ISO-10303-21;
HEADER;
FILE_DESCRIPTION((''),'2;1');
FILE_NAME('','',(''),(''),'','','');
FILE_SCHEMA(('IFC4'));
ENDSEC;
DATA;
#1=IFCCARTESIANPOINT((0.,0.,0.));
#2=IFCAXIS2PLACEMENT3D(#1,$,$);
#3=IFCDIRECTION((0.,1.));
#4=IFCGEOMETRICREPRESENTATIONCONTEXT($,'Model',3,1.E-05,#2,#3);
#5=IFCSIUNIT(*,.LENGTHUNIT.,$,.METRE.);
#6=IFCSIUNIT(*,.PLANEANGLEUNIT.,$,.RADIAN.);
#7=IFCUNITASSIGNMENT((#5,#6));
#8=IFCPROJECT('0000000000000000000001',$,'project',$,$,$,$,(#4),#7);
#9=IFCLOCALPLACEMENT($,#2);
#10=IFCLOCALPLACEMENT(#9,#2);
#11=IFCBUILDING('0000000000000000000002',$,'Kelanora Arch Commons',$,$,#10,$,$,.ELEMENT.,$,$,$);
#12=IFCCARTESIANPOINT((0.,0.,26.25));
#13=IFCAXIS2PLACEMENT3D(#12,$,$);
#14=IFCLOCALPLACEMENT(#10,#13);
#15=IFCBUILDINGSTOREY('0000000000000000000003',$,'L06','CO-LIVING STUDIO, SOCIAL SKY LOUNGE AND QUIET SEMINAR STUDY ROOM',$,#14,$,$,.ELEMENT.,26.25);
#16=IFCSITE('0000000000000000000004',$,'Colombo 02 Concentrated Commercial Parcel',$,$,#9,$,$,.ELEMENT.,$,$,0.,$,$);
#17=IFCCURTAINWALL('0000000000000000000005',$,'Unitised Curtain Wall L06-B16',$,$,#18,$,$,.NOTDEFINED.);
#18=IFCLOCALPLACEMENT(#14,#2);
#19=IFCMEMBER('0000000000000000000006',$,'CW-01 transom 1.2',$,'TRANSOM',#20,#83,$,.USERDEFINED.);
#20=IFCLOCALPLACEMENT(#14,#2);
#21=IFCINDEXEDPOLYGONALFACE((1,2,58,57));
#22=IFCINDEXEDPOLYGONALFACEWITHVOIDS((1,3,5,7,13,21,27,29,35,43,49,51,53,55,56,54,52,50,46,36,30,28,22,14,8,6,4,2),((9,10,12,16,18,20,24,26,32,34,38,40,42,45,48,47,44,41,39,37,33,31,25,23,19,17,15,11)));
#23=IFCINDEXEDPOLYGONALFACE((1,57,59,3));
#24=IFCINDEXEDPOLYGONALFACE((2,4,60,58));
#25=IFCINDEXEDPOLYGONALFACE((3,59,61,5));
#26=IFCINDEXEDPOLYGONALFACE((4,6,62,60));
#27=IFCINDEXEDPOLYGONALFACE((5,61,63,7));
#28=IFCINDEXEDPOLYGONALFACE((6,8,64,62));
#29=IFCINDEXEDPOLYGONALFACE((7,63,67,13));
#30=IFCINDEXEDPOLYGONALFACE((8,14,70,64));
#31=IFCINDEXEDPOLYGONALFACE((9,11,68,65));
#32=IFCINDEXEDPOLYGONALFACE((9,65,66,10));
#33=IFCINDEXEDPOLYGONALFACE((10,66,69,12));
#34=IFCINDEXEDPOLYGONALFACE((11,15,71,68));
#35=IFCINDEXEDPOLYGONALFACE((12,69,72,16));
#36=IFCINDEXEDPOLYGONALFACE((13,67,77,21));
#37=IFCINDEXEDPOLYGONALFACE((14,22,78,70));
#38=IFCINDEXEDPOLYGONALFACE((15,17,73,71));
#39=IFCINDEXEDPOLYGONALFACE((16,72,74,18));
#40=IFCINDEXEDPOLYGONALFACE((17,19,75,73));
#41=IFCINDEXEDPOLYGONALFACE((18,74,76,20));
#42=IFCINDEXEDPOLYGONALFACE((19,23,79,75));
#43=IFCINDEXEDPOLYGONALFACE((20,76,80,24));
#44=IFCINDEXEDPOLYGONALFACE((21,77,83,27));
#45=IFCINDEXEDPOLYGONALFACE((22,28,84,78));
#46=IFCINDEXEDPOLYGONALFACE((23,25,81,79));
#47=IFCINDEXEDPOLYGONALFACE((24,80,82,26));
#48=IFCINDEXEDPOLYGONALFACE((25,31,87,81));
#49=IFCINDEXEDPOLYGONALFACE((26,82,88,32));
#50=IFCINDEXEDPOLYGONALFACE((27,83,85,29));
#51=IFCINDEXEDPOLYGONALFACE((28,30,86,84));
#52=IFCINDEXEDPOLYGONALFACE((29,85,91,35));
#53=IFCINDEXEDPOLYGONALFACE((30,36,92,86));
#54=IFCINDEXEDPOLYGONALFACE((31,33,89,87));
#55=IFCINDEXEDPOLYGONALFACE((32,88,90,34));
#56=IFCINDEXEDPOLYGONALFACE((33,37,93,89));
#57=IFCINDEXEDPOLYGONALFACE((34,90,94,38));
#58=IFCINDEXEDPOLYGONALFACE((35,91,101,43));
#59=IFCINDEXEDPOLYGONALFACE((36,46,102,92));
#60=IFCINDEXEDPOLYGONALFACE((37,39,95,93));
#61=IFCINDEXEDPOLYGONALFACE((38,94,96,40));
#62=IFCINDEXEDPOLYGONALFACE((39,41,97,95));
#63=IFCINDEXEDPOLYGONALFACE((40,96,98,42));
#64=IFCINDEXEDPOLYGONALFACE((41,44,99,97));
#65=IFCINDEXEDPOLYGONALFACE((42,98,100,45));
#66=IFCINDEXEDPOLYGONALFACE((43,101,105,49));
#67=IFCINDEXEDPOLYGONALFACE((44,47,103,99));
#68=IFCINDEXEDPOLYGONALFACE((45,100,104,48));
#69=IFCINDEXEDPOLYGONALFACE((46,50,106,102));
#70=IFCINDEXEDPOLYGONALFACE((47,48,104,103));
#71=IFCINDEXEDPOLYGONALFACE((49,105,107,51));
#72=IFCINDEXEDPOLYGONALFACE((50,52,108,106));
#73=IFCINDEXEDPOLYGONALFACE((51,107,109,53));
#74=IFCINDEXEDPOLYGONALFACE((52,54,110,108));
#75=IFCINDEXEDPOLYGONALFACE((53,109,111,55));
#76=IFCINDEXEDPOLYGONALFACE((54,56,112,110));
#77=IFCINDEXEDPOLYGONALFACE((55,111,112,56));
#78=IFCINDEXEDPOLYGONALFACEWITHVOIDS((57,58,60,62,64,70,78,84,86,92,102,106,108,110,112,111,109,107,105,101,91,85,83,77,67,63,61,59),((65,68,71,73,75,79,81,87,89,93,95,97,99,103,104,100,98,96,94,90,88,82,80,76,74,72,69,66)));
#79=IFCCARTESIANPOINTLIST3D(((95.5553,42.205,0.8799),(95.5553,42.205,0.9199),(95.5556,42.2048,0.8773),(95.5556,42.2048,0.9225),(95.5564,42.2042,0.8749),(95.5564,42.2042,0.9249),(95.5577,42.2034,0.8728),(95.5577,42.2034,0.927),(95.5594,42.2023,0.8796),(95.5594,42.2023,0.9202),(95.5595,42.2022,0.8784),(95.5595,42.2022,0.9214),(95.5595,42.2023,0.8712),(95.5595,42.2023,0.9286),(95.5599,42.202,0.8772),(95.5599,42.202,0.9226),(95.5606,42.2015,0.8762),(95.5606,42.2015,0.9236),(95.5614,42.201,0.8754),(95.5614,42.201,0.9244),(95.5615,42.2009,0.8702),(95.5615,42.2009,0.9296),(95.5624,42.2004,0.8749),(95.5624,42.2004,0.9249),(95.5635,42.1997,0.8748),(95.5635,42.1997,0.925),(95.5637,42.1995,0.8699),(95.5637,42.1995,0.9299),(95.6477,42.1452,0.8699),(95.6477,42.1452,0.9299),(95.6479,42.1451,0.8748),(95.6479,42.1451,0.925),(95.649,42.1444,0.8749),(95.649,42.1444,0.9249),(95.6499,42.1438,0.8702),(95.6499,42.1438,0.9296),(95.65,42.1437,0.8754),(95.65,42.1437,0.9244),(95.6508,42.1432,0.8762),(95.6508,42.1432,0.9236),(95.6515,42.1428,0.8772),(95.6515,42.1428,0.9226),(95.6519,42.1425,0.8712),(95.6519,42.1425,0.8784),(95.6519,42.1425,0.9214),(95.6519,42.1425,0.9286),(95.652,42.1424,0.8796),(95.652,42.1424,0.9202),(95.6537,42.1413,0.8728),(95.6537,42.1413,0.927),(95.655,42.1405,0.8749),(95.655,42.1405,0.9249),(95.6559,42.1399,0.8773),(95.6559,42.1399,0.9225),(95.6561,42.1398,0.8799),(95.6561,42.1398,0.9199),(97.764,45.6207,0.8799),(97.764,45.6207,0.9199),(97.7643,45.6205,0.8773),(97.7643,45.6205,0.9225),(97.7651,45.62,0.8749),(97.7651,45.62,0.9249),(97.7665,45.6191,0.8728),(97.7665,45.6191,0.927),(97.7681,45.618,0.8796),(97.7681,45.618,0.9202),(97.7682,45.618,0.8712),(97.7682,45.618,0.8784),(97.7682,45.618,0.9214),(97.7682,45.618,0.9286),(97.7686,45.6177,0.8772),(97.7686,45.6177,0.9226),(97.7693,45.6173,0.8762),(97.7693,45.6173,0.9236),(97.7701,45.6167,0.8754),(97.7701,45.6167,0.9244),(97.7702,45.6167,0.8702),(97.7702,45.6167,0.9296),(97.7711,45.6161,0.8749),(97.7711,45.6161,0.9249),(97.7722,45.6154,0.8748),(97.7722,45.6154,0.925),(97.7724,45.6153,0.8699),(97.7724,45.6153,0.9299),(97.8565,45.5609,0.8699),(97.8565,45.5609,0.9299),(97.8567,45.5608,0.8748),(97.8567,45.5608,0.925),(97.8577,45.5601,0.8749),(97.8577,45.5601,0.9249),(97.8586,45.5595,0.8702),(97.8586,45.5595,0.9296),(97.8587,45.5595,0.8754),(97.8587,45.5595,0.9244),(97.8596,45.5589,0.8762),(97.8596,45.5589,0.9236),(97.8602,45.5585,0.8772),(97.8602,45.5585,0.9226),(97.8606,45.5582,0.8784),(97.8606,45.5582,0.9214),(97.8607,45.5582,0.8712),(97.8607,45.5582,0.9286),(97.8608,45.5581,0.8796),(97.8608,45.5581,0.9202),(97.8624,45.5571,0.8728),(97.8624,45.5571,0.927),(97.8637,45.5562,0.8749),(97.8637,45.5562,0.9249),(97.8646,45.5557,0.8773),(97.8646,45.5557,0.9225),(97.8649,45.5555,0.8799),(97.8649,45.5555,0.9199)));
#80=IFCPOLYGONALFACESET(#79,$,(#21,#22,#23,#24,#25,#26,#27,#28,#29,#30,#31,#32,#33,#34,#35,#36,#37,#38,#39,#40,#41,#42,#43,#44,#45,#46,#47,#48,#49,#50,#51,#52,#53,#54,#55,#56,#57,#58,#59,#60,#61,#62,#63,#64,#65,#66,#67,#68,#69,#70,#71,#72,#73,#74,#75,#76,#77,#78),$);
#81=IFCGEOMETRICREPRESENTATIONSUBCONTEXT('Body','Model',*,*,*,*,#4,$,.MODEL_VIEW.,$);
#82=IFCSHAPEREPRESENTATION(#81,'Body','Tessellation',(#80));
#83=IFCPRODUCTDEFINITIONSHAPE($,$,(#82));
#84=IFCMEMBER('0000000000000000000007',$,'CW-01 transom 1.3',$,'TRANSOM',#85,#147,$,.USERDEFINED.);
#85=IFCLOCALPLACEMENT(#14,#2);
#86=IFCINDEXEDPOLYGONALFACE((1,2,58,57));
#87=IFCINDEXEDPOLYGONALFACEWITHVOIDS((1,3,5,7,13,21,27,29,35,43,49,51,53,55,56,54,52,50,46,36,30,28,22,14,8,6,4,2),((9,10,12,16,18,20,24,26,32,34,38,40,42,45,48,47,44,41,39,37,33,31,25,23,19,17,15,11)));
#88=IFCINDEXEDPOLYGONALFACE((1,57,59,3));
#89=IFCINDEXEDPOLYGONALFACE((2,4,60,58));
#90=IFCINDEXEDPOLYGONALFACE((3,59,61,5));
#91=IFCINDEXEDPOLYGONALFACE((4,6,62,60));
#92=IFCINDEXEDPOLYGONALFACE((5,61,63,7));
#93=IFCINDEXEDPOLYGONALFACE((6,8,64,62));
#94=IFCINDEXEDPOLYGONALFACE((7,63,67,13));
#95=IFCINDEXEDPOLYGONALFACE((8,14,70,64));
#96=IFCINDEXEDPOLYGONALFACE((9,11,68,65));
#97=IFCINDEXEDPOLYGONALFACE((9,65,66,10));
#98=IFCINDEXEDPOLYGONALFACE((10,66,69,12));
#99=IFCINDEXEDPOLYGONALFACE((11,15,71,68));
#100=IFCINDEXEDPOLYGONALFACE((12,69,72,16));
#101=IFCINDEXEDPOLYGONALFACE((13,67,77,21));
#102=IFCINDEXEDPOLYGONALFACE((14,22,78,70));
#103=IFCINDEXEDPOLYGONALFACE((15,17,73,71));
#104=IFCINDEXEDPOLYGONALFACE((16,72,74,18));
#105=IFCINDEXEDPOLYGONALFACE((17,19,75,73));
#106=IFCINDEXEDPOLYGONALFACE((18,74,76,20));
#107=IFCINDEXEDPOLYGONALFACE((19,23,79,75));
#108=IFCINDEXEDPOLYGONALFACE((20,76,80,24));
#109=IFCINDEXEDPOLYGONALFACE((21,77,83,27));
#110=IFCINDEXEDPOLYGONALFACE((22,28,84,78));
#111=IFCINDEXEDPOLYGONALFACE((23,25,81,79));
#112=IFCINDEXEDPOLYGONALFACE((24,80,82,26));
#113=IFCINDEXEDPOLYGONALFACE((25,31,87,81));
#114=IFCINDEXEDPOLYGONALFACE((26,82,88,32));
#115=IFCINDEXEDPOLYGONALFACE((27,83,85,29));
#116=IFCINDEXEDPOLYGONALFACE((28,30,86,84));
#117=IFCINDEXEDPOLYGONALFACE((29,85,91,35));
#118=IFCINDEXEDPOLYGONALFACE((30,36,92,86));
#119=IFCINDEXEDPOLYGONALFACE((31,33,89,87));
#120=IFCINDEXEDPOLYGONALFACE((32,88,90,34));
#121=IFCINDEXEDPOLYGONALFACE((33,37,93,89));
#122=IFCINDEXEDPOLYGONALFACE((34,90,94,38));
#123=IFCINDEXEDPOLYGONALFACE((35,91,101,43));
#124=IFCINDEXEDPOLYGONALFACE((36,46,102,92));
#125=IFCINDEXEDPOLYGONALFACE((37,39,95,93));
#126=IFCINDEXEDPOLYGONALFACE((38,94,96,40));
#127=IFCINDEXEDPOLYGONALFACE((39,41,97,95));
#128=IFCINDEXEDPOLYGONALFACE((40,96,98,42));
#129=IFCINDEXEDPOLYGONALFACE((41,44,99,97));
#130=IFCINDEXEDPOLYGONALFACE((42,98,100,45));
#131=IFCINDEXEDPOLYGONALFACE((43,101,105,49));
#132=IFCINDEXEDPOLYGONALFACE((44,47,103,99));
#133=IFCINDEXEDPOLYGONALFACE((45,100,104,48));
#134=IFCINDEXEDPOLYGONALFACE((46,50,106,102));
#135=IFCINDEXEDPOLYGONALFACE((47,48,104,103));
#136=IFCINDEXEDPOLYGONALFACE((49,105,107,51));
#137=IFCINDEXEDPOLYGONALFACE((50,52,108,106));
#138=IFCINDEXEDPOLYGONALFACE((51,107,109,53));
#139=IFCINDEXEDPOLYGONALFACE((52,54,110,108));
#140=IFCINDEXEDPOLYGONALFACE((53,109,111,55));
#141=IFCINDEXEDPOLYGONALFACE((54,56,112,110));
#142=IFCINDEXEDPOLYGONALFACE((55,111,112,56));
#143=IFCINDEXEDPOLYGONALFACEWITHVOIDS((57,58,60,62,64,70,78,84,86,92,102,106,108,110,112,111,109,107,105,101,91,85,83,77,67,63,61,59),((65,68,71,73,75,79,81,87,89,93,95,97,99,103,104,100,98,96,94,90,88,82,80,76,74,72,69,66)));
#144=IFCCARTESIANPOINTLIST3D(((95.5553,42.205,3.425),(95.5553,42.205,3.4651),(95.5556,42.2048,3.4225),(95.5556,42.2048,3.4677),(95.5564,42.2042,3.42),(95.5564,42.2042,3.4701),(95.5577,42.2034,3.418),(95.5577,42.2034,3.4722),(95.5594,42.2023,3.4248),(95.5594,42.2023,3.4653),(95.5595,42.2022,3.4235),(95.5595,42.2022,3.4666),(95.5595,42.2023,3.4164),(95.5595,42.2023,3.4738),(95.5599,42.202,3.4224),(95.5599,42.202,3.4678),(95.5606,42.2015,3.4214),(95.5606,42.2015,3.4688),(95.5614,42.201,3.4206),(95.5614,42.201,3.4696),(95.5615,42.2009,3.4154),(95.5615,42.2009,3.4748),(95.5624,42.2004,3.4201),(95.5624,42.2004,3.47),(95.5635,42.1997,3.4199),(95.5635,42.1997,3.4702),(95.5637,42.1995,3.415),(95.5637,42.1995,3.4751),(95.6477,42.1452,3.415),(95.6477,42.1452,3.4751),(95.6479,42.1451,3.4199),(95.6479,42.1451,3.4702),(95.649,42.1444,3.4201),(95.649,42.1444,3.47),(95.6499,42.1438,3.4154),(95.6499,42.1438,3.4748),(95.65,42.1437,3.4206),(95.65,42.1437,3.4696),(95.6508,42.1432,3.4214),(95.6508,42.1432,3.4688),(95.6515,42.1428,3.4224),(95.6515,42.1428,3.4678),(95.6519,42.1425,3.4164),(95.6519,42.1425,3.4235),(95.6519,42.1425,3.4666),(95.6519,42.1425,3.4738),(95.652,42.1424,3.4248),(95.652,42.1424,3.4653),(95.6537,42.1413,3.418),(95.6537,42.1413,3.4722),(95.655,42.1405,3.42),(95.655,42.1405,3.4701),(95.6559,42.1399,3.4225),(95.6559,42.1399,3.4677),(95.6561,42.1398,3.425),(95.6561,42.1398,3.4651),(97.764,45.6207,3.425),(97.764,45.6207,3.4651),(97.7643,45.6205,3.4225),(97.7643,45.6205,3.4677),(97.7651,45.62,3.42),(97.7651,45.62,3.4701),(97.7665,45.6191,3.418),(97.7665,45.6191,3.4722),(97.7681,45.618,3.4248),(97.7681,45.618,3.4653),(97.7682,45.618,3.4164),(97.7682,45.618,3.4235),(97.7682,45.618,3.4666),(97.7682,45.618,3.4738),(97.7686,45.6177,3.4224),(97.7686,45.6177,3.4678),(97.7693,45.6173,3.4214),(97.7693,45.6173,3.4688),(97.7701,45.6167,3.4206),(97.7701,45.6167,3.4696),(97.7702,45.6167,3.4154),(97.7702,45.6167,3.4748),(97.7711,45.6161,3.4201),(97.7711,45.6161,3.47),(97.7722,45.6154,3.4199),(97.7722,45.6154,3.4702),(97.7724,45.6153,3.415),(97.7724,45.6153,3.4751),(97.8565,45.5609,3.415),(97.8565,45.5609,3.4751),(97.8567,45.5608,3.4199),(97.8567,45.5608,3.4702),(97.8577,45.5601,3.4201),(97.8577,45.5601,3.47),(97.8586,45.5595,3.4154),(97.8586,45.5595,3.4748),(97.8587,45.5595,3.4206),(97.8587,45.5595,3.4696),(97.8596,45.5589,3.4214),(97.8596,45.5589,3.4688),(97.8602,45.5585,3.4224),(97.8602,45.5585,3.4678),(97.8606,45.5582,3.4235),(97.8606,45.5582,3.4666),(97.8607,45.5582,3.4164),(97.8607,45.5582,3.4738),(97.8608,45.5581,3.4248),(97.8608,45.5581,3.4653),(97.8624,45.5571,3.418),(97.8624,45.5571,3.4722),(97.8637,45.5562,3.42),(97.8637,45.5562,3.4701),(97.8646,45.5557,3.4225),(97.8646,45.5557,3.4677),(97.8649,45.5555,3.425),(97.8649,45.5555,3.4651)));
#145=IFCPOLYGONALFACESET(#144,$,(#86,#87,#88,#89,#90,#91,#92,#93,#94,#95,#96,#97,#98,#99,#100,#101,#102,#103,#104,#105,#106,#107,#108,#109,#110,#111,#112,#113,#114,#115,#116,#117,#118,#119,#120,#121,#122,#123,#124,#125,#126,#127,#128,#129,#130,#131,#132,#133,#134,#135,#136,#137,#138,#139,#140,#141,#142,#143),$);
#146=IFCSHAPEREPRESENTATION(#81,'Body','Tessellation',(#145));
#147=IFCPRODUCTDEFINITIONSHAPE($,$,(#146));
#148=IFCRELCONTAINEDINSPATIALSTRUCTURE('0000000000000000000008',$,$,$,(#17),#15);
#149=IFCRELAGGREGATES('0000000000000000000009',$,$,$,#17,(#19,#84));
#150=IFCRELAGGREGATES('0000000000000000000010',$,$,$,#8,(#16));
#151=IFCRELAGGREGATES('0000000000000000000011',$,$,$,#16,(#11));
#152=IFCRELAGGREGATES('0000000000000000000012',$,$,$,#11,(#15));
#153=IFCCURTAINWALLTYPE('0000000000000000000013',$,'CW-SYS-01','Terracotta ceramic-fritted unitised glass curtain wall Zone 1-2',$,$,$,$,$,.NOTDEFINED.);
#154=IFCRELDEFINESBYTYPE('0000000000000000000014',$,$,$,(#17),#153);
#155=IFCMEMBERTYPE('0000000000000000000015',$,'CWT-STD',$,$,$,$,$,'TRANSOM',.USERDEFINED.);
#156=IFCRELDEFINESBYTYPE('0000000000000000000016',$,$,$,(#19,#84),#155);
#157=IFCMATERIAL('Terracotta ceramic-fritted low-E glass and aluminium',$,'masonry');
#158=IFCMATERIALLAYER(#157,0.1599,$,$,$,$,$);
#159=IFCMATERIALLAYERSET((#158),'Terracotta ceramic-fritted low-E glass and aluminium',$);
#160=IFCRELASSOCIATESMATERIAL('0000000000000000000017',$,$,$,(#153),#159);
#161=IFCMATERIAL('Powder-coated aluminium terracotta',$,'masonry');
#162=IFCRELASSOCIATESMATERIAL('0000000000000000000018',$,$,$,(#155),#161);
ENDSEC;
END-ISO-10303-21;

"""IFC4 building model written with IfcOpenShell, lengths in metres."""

from ifc_helpers import new_model, si_unit, direction, frame, origin, origin_2d, place, context, subcontext, project, spatial, hollow_rectangle, extrude, material, layer, layer_set, material_profile, profile_set, type_object, element, aggregate, save


model = new_model("IFC4")

# Units and contexts
model_context = context("Model", 3, precision=1e-05, world=origin(), true_north=direction((0.0, 1.0)))
body_context = subcontext(model_context, "Body", "Model", "MODEL_VIEW")
ifc_project = project(units=[si_unit("LENGTHUNIT", "METRE"), si_unit("PLANEANGLEUNIT", "RADIAN")], contexts=[model_context])

# Site, building, storey
site_placement = place(None, origin())
site = spatial("IfcSite", under=ifc_project, at=site_placement, Name="Colombo 02 Concentrated Commercial Parcel", CompositionType="ELEMENT", RefElevation=0.0)
building_placement = place(site_placement, origin())
building = spatial("IfcBuilding", under=site, at=building_placement, Name="Kelanora Arch Commons", CompositionType="ELEMENT")
storey_placement = place(building_placement, frame((0.0, 0.0, 26.25)))
storey = spatial("IfcBuildingStorey", under=building, at=storey_placement, Name="L06", Description="CO-LIVING STUDIO, SOCIAL SKY LOUNGE AND QUIET SEMINAR STUDY ROOM", CompositionType="ELEMENT", Elevation=26.25)

# Shared definitions
ifc_material_1 = material(Name="Terracotta ceramic-fritted low-E glass and aluminium", Category="masonry")
ifc_layer_1 = layer(ifc_material_1, 0.1599)
ifc_layer_set_1 = layer_set([ifc_layer_1], Name="Terracotta ceramic-fritted low-E glass and aluminium")
curtain_wall_type = type_object("IfcCurtainWallType", Name="CW-SYS-01", Description="Terracotta ceramic-fritted unitised glass curtain wall Zone 1-2", PredefinedType="NOTDEFINED", material=ifc_layer_set_1)
ifc_material_2 = material(Name="Powder-coated aluminium terracotta", Category="masonry")

# Curtain wall, members
curtain_wall_1_placement = place(storey_placement, origin())
curtain_wall_1 = element("IfcCurtainWall", 1, at=curtain_wall_1_placement, inside=storey, type_object=curtain_wall_type, Name="Unitised Curtain Wall L06-B16", PredefinedType="NOTDEFINED")
ifc_material_profile_1 = material_profile(ifc_material_2, hollow_rectangle(XDim=0.1201, YDim=0.0601, WallThickness=0.0049, InnerFilletRadius=0.0049, OuterFilletRadius=0.01, at=origin_2d()), Name="CWT120x60")
ifc_profile_set_1 = profile_set([ifc_material_profile_1], Name="Powder-coated aluminium terracotta")
member_type_1 = type_object("IfcMemberType", Name="CWT-STD", ElementType="TRANSOM", PredefinedType="USERDEFINED", material=ifc_profile_set_1)
member_1_placement = place(storey_placement, frame((95.6057, 42.1724, 0.8999), z_axis=(0.542997, 0.839734, 0.0), x_axis=(-0.839734, 0.542997, 0.0)))
member_1 = element("IfcMember", 2, at=member_1_placement, type_object=member_type_1, Name="CW-01 transom 1.2", ObjectType="TRANSOM", PredefinedType="USERDEFINED", context=body_context, shape_type="SweptSolid", body=[
    extrude(hollow_rectangle(XDim=0.1201, YDim=0.0601, WallThickness=0.0049, InnerFilletRadius=0.0049, OuterFilletRadius=0.01, at=origin_2d()), origin(), (0.0, 0.0, 1.0), 4.0676),
])
member_2_placement = place(storey_placement, frame((95.6057, 42.1724, 3.4451), z_axis=(0.542997, 0.839734, 0.0), x_axis=(-0.839734, 0.542997, 0.0)))
member_2 = element("IfcMember", 3, at=member_2_placement, type_object=member_type_1, Name="CW-01 transom 1.3", ObjectType="TRANSOM", PredefinedType="USERDEFINED", context=body_context, shape_type="SweptSolid", body=[
    extrude(hollow_rectangle(XDim=0.1201, YDim=0.0601, WallThickness=0.0049, InnerFilletRadius=0.0049, OuterFilletRadius=0.01, at=origin_2d()), origin(), (0.0, 0.0, 1.0), 4.0676),
])

aggregate(curtain_wall_1, [member_1, member_2])

save(model, "model.ifc")
